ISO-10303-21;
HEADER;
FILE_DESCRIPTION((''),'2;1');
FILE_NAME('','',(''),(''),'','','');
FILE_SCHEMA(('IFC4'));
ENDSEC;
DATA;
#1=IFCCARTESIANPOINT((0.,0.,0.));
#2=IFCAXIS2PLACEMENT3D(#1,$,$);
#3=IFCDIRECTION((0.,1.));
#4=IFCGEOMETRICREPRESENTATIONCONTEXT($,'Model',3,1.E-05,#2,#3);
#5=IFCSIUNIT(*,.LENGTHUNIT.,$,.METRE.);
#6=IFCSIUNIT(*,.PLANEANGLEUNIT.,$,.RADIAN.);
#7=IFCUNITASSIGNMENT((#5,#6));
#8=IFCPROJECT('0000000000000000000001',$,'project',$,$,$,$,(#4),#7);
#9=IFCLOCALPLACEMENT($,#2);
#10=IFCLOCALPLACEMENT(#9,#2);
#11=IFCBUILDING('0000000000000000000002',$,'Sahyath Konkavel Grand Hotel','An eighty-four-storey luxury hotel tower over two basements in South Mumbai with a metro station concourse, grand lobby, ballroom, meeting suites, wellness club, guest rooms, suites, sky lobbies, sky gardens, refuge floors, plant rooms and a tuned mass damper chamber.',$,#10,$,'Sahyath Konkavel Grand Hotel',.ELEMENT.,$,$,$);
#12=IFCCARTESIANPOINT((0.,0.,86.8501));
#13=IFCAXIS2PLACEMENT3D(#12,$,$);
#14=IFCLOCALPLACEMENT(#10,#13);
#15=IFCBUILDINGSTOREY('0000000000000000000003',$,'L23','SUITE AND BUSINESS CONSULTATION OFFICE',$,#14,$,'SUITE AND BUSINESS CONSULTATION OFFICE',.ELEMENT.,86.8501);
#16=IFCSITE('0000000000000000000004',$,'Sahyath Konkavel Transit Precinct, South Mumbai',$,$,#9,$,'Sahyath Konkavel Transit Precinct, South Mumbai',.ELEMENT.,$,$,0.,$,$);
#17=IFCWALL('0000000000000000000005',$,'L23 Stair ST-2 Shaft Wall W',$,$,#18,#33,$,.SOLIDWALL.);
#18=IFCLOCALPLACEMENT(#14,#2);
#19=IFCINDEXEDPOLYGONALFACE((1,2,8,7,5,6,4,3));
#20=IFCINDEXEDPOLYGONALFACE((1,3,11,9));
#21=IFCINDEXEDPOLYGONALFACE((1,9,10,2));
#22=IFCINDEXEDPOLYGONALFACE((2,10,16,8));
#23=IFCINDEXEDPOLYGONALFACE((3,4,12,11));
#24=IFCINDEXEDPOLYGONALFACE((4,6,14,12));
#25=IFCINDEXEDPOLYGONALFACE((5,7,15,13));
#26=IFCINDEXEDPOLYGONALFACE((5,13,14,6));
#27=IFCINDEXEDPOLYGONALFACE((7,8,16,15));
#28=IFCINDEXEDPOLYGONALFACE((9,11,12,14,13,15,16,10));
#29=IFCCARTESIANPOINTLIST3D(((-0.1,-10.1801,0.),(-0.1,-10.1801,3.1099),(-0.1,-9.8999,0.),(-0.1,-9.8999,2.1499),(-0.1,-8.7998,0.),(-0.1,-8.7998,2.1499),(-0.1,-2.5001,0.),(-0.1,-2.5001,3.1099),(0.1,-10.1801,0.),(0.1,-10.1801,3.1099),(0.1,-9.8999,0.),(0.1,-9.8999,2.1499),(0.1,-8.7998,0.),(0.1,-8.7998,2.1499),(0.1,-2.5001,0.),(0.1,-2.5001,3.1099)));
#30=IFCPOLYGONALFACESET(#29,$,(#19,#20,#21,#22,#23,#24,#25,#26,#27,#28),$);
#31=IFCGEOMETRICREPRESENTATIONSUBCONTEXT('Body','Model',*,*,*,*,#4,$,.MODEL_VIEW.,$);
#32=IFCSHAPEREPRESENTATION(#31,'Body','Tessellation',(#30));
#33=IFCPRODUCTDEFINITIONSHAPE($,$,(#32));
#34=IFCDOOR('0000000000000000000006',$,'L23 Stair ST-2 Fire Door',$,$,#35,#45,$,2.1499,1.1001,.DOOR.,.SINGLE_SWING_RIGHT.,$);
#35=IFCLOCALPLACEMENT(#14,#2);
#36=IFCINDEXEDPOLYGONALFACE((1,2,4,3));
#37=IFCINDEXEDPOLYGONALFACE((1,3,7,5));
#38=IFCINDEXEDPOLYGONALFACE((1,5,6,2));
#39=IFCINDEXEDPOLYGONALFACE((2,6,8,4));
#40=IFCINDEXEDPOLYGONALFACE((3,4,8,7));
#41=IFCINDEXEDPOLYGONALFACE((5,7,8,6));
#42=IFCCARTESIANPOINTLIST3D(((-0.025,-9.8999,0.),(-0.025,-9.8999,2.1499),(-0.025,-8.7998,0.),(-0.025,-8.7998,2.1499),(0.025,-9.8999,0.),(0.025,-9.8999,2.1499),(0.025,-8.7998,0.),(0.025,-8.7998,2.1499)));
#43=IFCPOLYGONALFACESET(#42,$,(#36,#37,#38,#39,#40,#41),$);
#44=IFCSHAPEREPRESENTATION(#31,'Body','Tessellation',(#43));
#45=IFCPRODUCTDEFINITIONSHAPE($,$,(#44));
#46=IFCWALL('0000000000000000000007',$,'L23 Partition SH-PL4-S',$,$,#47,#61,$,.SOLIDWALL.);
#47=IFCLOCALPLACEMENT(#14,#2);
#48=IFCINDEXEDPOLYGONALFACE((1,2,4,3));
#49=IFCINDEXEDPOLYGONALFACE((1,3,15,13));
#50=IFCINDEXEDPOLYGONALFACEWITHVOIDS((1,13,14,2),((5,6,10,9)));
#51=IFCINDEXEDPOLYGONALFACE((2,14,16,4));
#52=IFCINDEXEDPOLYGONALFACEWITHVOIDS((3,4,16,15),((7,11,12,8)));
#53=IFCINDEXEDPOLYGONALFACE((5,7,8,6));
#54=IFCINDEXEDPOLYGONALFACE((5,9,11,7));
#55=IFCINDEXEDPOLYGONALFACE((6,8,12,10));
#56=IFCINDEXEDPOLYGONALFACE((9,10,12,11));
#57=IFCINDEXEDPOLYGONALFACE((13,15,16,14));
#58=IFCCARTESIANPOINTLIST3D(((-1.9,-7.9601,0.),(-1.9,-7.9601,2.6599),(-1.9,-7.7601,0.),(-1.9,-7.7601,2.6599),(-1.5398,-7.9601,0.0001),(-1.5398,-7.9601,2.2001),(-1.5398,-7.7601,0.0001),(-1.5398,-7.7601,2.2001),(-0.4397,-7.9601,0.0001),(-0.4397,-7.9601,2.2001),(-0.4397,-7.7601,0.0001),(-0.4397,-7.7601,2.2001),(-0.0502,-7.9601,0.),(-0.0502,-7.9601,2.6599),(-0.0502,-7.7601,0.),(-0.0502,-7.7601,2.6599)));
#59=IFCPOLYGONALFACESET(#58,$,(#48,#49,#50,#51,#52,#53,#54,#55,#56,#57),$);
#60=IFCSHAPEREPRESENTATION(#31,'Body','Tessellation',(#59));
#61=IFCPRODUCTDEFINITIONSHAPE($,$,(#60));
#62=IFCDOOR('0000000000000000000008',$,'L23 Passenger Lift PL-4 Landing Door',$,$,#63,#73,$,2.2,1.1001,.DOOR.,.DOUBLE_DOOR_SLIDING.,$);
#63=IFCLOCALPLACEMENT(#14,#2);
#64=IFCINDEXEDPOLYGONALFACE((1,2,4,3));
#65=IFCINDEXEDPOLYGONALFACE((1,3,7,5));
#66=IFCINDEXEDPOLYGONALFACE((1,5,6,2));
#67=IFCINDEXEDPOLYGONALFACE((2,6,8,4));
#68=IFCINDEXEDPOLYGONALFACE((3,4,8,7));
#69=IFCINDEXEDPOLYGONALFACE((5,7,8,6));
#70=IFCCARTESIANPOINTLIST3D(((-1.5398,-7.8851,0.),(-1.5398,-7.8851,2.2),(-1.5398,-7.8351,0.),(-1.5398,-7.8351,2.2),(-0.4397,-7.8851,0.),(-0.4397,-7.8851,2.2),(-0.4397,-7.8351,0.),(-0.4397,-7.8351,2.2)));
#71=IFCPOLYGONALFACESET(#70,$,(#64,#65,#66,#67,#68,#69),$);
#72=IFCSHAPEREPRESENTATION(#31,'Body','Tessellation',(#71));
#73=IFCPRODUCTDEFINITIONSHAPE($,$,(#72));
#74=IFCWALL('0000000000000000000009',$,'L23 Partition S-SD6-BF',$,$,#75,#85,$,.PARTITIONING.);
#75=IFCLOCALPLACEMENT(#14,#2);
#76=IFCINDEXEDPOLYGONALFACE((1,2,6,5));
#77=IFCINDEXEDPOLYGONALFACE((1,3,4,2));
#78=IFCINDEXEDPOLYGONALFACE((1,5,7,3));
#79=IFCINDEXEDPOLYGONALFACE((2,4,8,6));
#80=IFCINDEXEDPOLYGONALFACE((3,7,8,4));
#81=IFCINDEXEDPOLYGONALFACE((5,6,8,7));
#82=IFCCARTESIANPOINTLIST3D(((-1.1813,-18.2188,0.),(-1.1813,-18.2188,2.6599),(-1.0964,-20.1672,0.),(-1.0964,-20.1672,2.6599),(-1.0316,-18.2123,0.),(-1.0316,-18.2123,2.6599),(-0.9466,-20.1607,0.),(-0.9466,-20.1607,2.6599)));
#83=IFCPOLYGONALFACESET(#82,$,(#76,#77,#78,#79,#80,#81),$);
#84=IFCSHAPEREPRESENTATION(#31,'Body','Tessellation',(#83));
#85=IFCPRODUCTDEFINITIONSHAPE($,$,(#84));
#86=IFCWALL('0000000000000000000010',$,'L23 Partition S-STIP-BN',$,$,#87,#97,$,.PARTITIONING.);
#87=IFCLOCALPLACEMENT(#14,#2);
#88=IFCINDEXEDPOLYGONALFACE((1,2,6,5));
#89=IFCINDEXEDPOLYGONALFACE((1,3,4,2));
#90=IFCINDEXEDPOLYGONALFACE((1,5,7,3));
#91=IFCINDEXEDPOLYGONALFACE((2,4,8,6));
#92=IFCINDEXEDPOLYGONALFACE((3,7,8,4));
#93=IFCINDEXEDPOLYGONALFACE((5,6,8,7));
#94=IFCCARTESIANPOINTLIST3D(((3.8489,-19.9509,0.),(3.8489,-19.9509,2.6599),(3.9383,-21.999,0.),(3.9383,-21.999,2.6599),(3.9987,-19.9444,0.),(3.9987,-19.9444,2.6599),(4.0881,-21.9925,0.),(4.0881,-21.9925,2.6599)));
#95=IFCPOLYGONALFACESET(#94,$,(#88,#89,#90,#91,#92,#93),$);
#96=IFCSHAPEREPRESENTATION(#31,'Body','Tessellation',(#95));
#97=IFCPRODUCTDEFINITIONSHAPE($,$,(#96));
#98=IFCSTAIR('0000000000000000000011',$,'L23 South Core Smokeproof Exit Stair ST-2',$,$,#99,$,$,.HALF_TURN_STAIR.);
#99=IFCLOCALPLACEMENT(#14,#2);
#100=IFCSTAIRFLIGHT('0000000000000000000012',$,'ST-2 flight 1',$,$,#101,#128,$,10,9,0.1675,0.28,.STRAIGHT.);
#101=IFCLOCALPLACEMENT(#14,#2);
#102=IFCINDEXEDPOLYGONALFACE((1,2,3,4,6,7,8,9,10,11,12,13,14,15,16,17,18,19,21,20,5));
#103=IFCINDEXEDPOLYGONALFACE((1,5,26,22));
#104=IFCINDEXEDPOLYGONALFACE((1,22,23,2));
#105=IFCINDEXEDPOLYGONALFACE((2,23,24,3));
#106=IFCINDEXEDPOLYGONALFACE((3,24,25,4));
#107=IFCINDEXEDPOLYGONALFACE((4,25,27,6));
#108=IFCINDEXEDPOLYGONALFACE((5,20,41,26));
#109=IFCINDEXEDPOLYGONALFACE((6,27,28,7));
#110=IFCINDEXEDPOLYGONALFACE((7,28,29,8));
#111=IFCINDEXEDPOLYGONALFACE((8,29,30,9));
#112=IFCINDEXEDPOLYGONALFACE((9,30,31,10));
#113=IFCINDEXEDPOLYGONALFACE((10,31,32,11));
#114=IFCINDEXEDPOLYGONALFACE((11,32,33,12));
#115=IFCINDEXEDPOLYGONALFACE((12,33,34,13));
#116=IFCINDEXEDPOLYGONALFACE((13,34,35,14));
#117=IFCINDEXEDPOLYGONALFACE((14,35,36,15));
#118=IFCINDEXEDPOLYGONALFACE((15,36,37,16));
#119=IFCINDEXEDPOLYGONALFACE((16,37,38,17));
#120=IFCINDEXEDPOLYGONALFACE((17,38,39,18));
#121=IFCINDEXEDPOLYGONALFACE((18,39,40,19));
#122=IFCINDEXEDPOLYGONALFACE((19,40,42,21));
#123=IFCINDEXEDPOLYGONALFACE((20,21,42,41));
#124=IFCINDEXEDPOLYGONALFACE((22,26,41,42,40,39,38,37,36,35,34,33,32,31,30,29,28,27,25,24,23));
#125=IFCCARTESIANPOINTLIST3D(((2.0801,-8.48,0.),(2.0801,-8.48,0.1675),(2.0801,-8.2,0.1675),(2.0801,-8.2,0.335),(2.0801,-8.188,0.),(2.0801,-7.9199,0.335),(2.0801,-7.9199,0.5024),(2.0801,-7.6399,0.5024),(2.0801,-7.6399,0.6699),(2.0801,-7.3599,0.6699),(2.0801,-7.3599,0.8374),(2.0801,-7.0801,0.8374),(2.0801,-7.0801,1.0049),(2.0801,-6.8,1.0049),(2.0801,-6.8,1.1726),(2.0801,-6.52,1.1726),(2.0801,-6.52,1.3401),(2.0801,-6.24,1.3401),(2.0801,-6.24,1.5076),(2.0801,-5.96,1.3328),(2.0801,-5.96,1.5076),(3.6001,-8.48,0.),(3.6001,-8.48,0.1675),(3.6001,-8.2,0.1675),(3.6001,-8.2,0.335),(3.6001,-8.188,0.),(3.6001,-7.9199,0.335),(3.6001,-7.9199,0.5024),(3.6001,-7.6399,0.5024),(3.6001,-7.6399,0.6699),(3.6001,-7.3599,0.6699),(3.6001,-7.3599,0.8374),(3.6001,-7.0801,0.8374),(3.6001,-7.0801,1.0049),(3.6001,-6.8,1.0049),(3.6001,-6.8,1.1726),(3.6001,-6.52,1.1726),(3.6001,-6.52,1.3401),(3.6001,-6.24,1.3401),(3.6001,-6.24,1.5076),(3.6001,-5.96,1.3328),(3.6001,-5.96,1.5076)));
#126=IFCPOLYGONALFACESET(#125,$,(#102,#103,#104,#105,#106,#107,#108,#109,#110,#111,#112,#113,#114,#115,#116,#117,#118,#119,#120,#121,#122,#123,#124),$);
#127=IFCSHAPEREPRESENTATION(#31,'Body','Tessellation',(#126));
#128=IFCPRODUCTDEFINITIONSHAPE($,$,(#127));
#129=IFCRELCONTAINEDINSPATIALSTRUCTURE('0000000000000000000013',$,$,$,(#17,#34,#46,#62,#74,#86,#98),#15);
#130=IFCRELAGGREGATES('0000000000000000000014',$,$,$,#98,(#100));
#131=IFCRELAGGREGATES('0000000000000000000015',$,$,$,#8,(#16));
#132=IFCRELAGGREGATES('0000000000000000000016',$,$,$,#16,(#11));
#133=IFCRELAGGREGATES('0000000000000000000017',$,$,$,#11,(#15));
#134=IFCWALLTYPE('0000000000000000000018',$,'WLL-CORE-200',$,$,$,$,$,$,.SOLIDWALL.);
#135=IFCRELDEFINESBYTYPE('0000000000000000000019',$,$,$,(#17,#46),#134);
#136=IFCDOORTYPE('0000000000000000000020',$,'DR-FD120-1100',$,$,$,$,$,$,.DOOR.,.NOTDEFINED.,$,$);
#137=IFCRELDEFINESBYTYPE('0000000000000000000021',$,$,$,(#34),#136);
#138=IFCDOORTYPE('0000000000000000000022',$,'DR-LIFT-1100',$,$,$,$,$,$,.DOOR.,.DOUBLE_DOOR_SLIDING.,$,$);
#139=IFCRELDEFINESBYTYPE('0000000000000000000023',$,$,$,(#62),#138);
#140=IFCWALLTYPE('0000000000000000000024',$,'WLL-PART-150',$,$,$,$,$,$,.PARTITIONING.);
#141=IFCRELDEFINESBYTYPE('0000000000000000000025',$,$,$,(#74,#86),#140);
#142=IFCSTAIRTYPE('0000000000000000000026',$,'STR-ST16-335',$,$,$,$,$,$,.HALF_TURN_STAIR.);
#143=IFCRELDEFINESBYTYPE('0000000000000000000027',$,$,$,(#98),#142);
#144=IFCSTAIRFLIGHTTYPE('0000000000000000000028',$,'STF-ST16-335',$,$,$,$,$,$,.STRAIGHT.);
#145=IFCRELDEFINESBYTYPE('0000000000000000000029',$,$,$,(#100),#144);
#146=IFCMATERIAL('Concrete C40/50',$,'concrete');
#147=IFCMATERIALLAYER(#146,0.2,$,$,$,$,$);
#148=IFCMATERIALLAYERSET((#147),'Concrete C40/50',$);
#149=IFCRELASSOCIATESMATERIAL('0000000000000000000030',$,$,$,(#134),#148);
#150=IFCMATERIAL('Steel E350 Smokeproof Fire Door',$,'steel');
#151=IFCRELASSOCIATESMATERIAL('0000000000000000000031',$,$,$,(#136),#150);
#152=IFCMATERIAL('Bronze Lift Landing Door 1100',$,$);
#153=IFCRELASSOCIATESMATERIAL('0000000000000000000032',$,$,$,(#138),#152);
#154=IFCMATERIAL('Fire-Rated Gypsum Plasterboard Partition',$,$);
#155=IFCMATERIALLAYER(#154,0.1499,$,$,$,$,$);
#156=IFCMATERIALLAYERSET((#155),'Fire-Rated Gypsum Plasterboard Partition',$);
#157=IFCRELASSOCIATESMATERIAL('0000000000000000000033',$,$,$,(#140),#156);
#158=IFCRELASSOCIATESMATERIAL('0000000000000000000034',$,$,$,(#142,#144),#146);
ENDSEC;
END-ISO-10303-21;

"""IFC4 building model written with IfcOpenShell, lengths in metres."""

from ifc_helpers import new_model, si_unit, direction, frame, frame_2d, origin, origin_2d, place, context, subcontext, project, spatial, polyline, rectangle, outline, extrude, source, transform, mapped, material, layer, layer_set, type_object, element, fill, aggregate, save


model = new_model("IFC4")

# Units and contexts
model_context = context("Model", 3, precision=1e-05, world=origin(), true_north=direction((0.0, 1.0)))
body_context = subcontext(model_context, "Body", "Model", "MODEL_VIEW")
ifc_project = project(units=[si_unit("LENGTHUNIT", "METRE"), si_unit("PLANEANGLEUNIT", "RADIAN")], contexts=[model_context])

# Site, building, storey
site_placement = place(None, origin())
site = spatial("IfcSite", under=ifc_project, at=site_placement, Name="Sahyath Konkavel Transit Precinct, South Mumbai", LongName="Sahyath Konkavel Transit Precinct, South Mumbai", CompositionType="ELEMENT", RefElevation=0.0)
building_placement = place(site_placement, origin())
building = spatial("IfcBuilding", under=site, at=building_placement, Name="Sahyath Konkavel Grand Hotel", Description="An eighty-four-storey luxury hotel tower over two basements in South Mumbai with a metro station concourse, grand lobby, ballroom, meeting suites, wellness club, guest rooms, suites, sky lobbies, sky gardens, refuge floors, plant rooms and a tuned mass damper chamber.", LongName="Sahyath Konkavel Grand Hotel", CompositionType="ELEMENT")
storey_placement = place(building_placement, frame((0.0, 0.0, 86.8501)))
storey = spatial("IfcBuildingStorey", under=building, at=storey_placement, Name="L23", Description="SUITE AND BUSINESS CONSULTATION OFFICE", LongName="SUITE AND BUSINESS CONSULTATION OFFICE", CompositionType="ELEMENT", Elevation=86.8501)

# Walls, openings, doors
ifc_material_1 = material(Name="Concrete C40/50", Category="concrete")
ifc_layer_1 = layer(ifc_material_1, 0.2)
ifc_layer_set_1 = layer_set([ifc_layer_1], Name="Concrete C40/50")
wall_type_1 = type_object("IfcWallType", Name="WLL-CORE-200", PredefinedType="SOLIDWALL", material=ifc_layer_set_1)
wall_1_placement = place(storey_placement, frame((0.0, -10.1799, 0.0), z_axis=(0.0, 0.0, 1.0), x_axis=(0.0, 1.0, 0.0)))
wall_1 = element("IfcWall", 1, at=wall_1_placement, inside=storey, type_object=wall_type_1, Name="L23 Stair ST-2 Shaft Wall W", PredefinedType="SOLIDWALL", context=body_context, shape_type="SweptSolid", body=[
    extrude(rectangle(XDim=7.6799, YDim=0.2, at=frame_2d((3.8398, 0.0))), origin(), (0.0, 0.0, 1.0), 3.1099),
])
opening_1_placement = place(wall_1_placement, frame((0.28, 0.0, 0.0)))
opening_1 = element("IfcOpeningElement", 2, at=opening_1_placement, cuts=wall_1, PredefinedType="OPENING", context=body_context, shape_type="SweptSolid", body=[
    extrude(rectangle(XDim=1.1001, YDim=2.1499, at=frame_2d((0.55, 1.075))), frame((0.0, 0.1099, 0.0), z_axis=(0.0, -1.0, 0.0), x_axis=(1.0, 0.0, 0.0)), (0.0, 0.0, 1.0), 0.22),
])
ifc_material_2 = material(Name="Steel E350 Smokeproof Fire Door", Category="steel")
door_type_1 = type_object("IfcDoorType", Name="DR-FD120-1100", OperationType="NOTDEFINED", PredefinedType="DOOR", material=ifc_material_2)
shared_shape_1 = source(origin(), body_context, "Body", "SweptSolid", [
    extrude(rectangle(XDim=1.1001, YDim=0.05, at=origin_2d()), origin(), (0.0, 0.0, 1.0), 2.1499),
])
door_1_placement = place(opening_1_placement, frame((0.55, 0.0, 0.0)))
door_1 = element("IfcDoor", 3, at=door_1_placement, inside=storey, type_object=door_type_1, Name="L23 Stair ST-2 Fire Door", OperationType="SINGLE_SWING_RIGHT", OverallHeight=2.1499, OverallWidth=1.1001, PredefinedType="DOOR", context=body_context, shape_type="MappedRepresentation", body=[
    mapped(shared_shape_1, transform((0.0, 0.0, 0.0), scale=1.0)),
])
fill(opening_1, door_1)
wall_2_placement = place(storey_placement, frame((-1.8999, -7.8601, 0.0), z_axis=(0.0, 0.0, 1.0), x_axis=(1.0, 0.0, 0.0)))
wall_2 = element("IfcWall", 4, at=wall_2_placement, inside=storey, type_object=wall_type_1, Name="L23 Partition SH-PL4-S", PredefinedType="SOLIDWALL", context=body_context, shape_type="SweptSolid", body=[
    extrude(rectangle(XDim=1.8499, YDim=0.2, at=frame_2d((0.9248, 0.0))), origin(), (0.0, 0.0, 1.0), 2.6599),
])
opening_2_placement = place(wall_2_placement, frame((0.3601, 0.0, 0.0)))
opening_2 = element("IfcOpeningElement", 5, at=opening_2_placement, cuts=wall_2, PredefinedType="OPENING", context=body_context, shape_type="SweptSolid", body=[
    extrude(rectangle(XDim=1.1001, YDim=2.2, at=frame_2d((0.55, 1.1001))), frame((0.0, 0.1099, 0.0), z_axis=(0.0, -1.0, 0.0), x_axis=(1.0, 0.0, 0.0)), (0.0, 0.0, 1.0), 0.22),
])
ifc_material_3 = material(Name="Bronze Lift Landing Door 1100")
door_type_2 = type_object("IfcDoorType", Name="DR-LIFT-1100", OperationType="DOUBLE_DOOR_SLIDING", PredefinedType="DOOR", material=ifc_material_3)
shared_shape_2 = source(origin(), body_context, "Body", "SweptSolid", [
    extrude(rectangle(XDim=1.1001, YDim=0.05, at=origin_2d()), origin(), (0.0, 0.0, 1.0), 2.2),
])
door_2_placement = place(opening_2_placement, frame((0.55, 0.0, 0.0)))
door_2 = element("IfcDoor", 6, at=door_2_placement, inside=storey, type_object=door_type_2, Name="L23 Passenger Lift PL-4 Landing Door", OperationType="DOUBLE_DOOR_SLIDING", OverallHeight=2.2, OverallWidth=1.1001, PredefinedType="DOOR", context=body_context, shape_type="MappedRepresentation", body=[
    mapped(shared_shape_2, transform((0.0, 0.0, 0.0), scale=1.0)),
])
fill(opening_2, door_2)

# Walls
ifc_material_4 = material(Name="Fire-Rated Gypsum Plasterboard Partition")
ifc_layer_2 = layer(ifc_material_4, 0.1499)
ifc_layer_set_2 = layer_set([ifc_layer_2], Name="Fire-Rated Gypsum Plasterboard Partition")
wall_type_2 = type_object("IfcWallType", Name="WLL-PART-150", PredefinedType="PARTITIONING", material=ifc_layer_set_2)
wall_3_placement = place(storey_placement, frame((-1.1064, -18.2156, 0.0), z_axis=(0.0, 0.0, 1.0), x_axis=(0.043568, -0.99905, 0.0)))
element("IfcWall", 7, at=wall_3_placement, inside=storey, type_object=wall_type_2, Name="L23 Partition S-SD6-BF", PredefinedType="PARTITIONING", context=body_context, shape_type="SweptSolid", body=[
    extrude(rectangle(XDim=1.9502, YDim=0.1499, at=frame_2d((0.9751, 0.0))), origin(), (0.0, 0.0, 1.0), 2.6599),
])
wall_4_placement = place(storey_placement, frame((3.9238, -19.9478, 0.0), z_axis=(0.0, 0.0, 1.0), x_axis=(0.043587, -0.99905, 0.0)))
element("IfcWall", 8, at=wall_4_placement, inside=storey, type_object=wall_type_2, Name="L23 Partition S-STIP-BN", PredefinedType="PARTITIONING", context=body_context, shape_type="SweptSolid", body=[
    extrude(rectangle(XDim=2.05, YDim=0.1499, at=frame_2d((1.0249, 0.0))), origin(), (0.0, 0.0, 1.0), 2.6599),
])

# Stair, stair flight
stair_type = type_object("IfcStairType", Name="STR-ST16-335", PredefinedType="HALF_TURN_STAIR", material=ifc_material_1)
stair_placement = place(storey_placement, origin())
stair = element("IfcStair", 9, at=stair_placement, inside=storey, type_object=stair_type, Name="L23 South Core Smokeproof Exit Stair ST-2", PredefinedType="HALF_TURN_STAIR")
stair_flight_type = type_object("IfcStairFlightType", Name="STF-ST16-335", PredefinedType="STRAIGHT", material=ifc_material_1)
stair_flight_placement = place(storey_placement, frame((2.8401, -8.48, 0.0), z_axis=(0.0, 0.0, 1.0), x_axis=(0.0, 1.0, 0.0)))
stair_flight = element("IfcStairFlight", 10, at=stair_flight_placement, type_object=stair_flight_type, Name="ST-2 flight 1", NumberOfRisers=10, NumberOfTreads=9, PredefinedType="STRAIGHT", RiserHeight=0.1675, TreadLength=0.28, context=body_context, shape_type="SweptSolid", body=[
    extrude(outline(polyline([(0.0, 0.0), (0.0, 0.1675), (0.28, 0.1675), (0.28, 0.335), (0.5601, 0.335), (0.5601, 0.5024), (0.8401, 0.5024), (0.8401, 0.6699), (1.1201, 0.6699), (1.1201, 0.8374), (1.3999, 0.8374), (1.3999, 1.0049), (1.6799, 1.0049), (1.6799, 1.1726), (1.96, 1.1726), (1.96, 1.3401), (2.24, 1.3401), (2.24, 1.5076), (2.52, 1.5076), (2.52, 1.675), (2.52, 1.3328), (0.292, 0.0), (0.0, 0.0)])), frame((0.0, 0.76, 0.0), z_axis=(0.0, -1.0, 0.0), x_axis=(1.0, 0.0, 0.0)), (0.0, 0.0, 1.0), 1.52),
])
aggregate(stair, [stair_flight])

save(model, "model.ifc")
